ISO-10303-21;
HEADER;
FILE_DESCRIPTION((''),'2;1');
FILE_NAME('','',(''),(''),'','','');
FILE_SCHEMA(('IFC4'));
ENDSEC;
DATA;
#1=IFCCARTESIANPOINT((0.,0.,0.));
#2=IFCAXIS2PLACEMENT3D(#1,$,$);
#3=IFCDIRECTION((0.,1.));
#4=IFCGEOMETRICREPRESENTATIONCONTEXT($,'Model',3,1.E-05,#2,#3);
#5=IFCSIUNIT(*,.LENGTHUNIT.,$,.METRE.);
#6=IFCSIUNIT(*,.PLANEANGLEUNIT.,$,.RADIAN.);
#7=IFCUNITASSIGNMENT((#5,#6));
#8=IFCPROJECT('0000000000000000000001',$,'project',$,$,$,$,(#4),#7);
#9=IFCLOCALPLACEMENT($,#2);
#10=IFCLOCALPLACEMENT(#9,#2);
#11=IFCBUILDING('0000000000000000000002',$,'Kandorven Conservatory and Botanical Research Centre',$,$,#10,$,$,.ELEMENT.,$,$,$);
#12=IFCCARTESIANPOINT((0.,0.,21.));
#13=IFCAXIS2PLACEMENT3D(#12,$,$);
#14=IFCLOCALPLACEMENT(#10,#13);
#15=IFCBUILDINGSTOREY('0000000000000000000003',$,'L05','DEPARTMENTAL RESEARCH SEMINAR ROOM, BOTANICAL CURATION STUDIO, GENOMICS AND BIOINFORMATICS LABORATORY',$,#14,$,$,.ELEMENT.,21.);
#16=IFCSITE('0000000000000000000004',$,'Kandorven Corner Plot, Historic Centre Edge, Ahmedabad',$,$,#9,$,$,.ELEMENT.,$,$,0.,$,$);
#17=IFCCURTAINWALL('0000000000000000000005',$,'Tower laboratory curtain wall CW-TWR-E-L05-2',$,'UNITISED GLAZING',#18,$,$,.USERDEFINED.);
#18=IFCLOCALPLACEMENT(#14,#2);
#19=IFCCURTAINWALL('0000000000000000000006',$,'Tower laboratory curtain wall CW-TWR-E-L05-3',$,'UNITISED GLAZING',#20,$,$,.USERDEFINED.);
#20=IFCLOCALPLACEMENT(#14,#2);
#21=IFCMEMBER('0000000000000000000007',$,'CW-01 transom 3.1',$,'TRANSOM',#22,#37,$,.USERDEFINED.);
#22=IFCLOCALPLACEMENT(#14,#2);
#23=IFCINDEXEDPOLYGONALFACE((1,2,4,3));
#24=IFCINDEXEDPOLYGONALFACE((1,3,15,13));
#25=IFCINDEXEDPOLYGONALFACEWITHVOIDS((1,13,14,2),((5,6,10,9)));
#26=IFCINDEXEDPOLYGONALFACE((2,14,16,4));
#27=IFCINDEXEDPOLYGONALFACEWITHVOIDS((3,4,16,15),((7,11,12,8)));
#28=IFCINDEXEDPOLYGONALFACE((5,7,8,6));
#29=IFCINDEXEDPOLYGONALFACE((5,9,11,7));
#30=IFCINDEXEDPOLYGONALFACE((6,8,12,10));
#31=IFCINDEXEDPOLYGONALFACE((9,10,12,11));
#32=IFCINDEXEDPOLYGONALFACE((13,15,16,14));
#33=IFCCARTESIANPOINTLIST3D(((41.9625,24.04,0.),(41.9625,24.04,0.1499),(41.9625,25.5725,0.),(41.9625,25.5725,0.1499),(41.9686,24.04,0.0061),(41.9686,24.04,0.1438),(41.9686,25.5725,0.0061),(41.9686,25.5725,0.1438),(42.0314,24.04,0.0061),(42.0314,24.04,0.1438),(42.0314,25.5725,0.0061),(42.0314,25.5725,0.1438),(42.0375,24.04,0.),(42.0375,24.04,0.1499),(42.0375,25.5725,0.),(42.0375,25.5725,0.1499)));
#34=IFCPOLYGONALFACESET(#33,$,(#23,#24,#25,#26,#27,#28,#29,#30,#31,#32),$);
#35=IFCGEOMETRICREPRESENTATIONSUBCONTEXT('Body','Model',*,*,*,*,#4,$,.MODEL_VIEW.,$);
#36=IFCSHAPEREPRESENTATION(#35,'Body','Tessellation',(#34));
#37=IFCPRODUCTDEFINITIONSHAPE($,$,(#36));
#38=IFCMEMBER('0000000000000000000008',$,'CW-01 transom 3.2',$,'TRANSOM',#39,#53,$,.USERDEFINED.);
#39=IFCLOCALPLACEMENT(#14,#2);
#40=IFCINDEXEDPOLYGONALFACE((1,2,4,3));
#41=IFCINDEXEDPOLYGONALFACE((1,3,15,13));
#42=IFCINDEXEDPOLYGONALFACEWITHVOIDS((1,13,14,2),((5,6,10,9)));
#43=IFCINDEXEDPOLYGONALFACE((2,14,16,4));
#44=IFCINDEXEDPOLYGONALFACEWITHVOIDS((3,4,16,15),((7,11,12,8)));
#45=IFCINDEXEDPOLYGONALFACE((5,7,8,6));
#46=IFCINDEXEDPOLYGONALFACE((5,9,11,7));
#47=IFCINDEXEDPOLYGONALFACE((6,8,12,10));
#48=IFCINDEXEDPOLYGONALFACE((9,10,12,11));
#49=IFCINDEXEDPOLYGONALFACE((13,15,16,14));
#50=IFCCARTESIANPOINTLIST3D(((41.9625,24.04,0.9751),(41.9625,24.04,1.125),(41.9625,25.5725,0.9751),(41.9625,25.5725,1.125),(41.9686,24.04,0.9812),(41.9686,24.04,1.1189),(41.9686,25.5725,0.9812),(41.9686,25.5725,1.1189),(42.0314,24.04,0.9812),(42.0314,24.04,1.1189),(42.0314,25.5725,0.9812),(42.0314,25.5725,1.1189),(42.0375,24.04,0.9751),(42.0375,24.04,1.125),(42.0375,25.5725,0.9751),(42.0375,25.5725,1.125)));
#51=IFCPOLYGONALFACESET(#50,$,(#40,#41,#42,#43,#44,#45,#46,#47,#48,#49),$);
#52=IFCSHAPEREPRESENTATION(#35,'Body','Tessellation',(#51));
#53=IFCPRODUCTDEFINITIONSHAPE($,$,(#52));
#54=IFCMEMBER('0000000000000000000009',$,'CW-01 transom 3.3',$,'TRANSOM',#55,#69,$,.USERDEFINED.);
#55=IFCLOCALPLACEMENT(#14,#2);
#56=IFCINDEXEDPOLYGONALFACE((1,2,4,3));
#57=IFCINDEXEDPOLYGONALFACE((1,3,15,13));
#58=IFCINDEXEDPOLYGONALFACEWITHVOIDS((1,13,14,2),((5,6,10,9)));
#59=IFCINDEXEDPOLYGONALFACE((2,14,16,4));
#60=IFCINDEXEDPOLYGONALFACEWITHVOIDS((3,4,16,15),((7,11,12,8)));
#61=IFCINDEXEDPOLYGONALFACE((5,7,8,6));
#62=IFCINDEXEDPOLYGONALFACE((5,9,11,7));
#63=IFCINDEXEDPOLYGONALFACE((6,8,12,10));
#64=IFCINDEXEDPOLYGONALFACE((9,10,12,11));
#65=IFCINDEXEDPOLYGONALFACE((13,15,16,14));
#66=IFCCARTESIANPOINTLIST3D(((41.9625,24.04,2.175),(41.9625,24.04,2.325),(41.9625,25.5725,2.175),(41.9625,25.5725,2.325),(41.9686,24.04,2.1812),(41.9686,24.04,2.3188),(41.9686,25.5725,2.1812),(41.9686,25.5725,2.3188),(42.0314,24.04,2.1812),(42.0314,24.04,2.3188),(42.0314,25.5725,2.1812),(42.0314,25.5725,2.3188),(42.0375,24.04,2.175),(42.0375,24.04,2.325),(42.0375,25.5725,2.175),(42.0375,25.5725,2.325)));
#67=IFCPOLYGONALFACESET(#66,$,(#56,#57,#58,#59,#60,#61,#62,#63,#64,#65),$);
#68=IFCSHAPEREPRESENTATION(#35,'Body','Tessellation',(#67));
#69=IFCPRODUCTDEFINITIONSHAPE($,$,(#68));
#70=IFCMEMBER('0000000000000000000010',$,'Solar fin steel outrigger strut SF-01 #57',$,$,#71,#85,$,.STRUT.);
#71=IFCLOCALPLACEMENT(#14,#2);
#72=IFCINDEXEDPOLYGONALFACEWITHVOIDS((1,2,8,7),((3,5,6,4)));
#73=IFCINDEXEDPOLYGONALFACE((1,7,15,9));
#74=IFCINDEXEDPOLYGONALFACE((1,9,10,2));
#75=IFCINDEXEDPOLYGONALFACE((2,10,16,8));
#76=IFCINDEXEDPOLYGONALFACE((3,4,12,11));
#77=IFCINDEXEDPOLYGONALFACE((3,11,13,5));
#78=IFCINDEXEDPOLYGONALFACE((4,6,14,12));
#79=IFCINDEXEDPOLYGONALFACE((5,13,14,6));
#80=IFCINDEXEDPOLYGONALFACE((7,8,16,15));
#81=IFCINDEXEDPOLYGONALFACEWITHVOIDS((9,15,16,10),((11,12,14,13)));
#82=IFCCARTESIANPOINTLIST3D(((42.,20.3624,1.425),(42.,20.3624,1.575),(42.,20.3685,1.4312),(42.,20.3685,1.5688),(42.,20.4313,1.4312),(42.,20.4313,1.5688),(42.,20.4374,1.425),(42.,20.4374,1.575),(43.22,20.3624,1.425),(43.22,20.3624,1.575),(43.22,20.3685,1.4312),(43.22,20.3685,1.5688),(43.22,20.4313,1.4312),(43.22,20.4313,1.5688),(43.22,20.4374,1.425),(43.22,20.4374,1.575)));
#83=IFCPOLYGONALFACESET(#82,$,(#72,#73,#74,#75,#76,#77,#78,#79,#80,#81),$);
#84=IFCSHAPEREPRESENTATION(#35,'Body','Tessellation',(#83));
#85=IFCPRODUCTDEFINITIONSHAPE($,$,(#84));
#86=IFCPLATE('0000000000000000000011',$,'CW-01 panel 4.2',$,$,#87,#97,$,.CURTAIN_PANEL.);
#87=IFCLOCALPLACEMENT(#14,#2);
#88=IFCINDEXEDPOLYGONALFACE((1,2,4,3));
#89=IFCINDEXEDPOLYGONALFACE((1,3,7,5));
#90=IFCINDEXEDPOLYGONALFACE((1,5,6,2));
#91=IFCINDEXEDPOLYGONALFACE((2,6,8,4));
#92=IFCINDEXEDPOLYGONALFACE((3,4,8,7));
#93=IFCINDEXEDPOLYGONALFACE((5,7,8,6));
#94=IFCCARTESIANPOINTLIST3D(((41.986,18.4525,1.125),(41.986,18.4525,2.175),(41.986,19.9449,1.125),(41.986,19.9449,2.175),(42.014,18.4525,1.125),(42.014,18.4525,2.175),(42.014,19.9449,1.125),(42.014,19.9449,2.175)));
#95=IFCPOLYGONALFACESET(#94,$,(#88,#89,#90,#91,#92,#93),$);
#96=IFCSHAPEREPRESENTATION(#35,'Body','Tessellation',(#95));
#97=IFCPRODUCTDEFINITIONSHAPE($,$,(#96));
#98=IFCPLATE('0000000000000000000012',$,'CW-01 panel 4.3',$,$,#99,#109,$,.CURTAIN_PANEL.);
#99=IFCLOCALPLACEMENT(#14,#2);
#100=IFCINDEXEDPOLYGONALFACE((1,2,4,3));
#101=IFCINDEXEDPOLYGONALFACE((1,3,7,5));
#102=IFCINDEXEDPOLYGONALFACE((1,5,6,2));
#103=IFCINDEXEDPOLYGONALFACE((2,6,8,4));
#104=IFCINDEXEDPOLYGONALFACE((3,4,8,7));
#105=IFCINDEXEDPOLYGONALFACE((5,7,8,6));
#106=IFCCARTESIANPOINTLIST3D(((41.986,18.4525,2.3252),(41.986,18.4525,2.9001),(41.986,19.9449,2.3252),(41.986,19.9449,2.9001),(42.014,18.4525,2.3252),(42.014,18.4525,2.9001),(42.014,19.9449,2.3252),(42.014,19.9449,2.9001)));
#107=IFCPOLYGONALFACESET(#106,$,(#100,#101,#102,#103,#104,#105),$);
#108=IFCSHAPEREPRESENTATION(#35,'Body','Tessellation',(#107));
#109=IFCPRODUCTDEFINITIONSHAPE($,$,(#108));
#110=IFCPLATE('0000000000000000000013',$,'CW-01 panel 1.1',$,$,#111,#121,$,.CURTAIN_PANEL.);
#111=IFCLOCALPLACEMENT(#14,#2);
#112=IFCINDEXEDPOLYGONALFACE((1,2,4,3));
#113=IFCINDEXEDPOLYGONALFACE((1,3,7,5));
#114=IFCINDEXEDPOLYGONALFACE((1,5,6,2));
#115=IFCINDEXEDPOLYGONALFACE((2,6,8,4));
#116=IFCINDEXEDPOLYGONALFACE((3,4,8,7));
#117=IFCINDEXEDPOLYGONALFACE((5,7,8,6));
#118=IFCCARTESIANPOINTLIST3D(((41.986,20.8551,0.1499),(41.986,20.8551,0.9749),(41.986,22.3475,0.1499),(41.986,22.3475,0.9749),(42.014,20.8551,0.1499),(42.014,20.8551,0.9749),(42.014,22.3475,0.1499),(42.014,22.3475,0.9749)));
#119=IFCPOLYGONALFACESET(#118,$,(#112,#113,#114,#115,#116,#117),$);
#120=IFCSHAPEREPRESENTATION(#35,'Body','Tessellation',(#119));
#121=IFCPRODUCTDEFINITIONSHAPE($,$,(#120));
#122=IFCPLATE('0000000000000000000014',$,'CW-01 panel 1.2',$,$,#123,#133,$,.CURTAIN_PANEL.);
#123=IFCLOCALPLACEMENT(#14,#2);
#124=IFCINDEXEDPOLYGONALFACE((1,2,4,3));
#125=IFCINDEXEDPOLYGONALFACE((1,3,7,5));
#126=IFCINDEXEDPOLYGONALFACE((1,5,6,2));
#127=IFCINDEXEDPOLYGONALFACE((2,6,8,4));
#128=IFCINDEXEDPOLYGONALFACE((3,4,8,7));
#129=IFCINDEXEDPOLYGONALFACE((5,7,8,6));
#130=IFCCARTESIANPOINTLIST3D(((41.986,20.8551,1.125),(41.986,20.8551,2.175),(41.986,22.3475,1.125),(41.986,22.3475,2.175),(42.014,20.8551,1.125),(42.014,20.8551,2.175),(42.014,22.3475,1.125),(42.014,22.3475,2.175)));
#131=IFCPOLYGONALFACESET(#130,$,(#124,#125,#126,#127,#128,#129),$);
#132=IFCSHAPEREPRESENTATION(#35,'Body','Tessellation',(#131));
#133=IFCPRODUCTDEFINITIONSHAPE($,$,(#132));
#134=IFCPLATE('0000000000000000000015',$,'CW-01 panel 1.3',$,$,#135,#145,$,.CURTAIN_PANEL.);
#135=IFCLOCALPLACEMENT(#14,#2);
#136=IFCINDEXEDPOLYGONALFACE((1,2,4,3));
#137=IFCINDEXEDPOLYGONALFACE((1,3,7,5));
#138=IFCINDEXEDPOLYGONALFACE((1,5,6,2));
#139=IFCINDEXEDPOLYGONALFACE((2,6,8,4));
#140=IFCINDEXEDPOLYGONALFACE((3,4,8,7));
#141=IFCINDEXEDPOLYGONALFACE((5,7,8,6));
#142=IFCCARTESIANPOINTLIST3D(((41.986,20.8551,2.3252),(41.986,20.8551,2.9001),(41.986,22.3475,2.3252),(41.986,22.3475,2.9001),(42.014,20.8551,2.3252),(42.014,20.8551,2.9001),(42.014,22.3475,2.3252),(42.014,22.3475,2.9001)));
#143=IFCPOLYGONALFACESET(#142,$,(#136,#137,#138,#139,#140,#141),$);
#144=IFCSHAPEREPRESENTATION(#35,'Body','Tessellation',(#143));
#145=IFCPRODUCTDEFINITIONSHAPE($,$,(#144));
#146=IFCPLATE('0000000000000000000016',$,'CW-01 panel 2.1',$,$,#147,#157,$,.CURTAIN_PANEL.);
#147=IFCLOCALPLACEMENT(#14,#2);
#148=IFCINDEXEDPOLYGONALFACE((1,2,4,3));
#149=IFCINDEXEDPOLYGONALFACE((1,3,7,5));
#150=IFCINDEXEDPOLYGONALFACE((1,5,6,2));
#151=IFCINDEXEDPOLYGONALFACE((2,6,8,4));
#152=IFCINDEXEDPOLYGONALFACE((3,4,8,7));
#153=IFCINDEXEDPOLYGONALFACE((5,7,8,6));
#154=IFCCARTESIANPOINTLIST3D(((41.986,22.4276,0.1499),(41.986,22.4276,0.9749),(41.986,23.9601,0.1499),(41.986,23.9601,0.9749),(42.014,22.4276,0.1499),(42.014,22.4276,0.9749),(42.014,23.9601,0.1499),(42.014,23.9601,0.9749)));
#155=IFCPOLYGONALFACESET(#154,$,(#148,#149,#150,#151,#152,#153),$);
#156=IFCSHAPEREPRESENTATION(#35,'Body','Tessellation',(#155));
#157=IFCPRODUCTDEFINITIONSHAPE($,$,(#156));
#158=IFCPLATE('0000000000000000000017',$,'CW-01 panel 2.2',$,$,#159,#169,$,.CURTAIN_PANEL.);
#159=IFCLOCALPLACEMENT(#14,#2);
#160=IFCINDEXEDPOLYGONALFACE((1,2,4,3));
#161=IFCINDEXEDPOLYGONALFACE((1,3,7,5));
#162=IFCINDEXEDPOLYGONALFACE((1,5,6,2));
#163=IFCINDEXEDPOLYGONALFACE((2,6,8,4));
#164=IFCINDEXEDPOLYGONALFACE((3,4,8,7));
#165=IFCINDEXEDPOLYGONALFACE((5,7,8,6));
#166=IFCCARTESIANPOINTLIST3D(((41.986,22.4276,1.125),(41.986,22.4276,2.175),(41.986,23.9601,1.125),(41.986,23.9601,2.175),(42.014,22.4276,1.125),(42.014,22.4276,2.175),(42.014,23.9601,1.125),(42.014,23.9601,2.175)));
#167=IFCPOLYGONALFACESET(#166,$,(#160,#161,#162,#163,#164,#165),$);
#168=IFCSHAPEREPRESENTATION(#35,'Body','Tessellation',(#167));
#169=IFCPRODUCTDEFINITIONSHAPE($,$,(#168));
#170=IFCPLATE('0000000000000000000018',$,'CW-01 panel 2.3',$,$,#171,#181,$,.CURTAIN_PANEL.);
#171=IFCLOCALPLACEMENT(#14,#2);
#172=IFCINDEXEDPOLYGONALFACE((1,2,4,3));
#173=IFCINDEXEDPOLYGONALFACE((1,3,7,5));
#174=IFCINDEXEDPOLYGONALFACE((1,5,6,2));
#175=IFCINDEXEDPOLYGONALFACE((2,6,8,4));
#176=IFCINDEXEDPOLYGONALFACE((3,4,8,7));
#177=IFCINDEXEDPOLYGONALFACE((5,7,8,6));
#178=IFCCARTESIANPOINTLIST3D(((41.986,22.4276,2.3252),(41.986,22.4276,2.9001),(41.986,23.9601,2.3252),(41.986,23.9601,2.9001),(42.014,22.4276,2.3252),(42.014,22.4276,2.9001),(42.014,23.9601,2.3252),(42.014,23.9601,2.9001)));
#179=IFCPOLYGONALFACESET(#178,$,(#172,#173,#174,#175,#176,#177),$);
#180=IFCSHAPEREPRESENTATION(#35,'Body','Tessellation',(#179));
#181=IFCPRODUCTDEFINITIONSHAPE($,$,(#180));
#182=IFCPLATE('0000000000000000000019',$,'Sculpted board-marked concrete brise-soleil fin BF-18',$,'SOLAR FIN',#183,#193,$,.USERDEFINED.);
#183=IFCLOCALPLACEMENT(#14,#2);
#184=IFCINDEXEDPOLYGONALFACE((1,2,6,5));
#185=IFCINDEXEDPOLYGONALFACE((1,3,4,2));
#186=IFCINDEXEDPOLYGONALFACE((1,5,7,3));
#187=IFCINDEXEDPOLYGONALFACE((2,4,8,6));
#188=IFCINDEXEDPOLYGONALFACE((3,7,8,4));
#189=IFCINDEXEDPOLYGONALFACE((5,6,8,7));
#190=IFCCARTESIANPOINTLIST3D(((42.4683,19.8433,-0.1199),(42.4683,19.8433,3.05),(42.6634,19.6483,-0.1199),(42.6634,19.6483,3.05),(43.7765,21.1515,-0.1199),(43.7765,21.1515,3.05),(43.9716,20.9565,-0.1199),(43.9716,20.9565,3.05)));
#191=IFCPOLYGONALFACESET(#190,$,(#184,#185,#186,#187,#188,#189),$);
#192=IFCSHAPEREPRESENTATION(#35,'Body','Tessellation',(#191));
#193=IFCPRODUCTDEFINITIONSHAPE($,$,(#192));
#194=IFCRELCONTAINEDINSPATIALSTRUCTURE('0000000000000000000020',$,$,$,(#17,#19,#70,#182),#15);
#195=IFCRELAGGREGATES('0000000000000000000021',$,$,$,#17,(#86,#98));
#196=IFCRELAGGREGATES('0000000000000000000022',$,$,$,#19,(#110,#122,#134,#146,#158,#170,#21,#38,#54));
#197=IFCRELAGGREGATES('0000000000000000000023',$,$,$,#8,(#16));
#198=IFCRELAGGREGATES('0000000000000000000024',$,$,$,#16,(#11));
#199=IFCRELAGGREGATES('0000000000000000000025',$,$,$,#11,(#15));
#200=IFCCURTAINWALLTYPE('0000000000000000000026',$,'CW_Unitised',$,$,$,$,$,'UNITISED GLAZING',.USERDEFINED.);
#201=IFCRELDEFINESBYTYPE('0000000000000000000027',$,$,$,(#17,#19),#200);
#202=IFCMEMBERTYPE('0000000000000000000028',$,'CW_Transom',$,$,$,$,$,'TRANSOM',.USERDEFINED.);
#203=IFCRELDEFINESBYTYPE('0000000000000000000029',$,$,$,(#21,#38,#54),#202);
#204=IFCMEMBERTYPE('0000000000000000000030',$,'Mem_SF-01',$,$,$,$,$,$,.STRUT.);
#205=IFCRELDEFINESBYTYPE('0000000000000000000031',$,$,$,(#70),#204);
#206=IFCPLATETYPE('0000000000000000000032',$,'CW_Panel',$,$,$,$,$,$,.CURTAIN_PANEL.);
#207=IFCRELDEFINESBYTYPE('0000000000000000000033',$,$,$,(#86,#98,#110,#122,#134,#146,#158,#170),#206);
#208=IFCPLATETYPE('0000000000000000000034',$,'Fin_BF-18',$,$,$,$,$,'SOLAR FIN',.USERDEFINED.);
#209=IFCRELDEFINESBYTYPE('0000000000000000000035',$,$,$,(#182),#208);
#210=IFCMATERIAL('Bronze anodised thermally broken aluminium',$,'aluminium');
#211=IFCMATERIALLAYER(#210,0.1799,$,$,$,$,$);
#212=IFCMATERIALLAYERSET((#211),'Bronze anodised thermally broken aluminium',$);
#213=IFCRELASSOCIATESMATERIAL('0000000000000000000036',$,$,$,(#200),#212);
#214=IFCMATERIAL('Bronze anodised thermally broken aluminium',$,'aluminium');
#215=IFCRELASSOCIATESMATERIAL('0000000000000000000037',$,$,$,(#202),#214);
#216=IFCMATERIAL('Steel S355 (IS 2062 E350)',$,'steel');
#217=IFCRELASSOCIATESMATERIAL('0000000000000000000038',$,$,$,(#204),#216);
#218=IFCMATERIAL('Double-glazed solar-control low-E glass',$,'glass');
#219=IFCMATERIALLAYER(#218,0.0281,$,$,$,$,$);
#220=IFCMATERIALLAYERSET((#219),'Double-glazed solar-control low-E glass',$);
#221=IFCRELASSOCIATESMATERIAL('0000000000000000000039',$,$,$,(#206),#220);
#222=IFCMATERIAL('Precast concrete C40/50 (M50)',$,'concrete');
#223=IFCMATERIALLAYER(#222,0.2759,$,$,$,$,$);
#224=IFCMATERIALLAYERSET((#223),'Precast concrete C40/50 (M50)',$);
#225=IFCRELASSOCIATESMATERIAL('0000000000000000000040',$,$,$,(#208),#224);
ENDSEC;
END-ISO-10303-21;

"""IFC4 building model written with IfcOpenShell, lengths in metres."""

from ifc_helpers import new_model, si_unit, direction, frame, origin, origin_2d, place, context, subcontext, project, spatial, rectangle, hollow_rectangle, extrude, material, layer, layer_set, material_profile, profile_set, type_object, element, aggregate, save


model = new_model("IFC4")

# Units and contexts
model_context = context("Model", 3, precision=1e-05, world=origin(), true_north=direction((0.0, 1.0)))
body_context = subcontext(model_context, "Body", "Model", "MODEL_VIEW")
ifc_project = project(units=[si_unit("LENGTHUNIT", "METRE"), si_unit("PLANEANGLEUNIT", "RADIAN")], contexts=[model_context])

# Site, building, storey
site_placement = place(None, origin())
site = spatial("IfcSite", under=ifc_project, at=site_placement, Name="Kandorven Corner Plot, Historic Centre Edge, Ahmedabad", CompositionType="ELEMENT", RefElevation=0.0)
building_placement = place(site_placement, origin())
building = spatial("IfcBuilding", under=site, at=building_placement, Name="Kandorven Conservatory and Botanical Research Centre", CompositionType="ELEMENT")
storey_placement = place(building_placement, frame((0.0, 0.0, 21.0)))
storey = spatial("IfcBuildingStorey", under=building, at=storey_placement, Name="L05", Description="DEPARTMENTAL RESEARCH SEMINAR ROOM, BOTANICAL CURATION STUDIO, GENOMICS AND BIOINFORMATICS LABORATORY", CompositionType="ELEMENT", Elevation=21.0)

# Curtain wall
ifc_material_1 = material(Name="Bronze anodised thermally broken aluminium", Category="aluminium")
ifc_layer_1 = layer(ifc_material_1, 0.1799)
ifc_layer_set_1 = layer_set([ifc_layer_1], Name="Bronze anodised thermally broken aluminium")
curtain_wall_type = type_object("IfcCurtainWallType", Name="CW_Unitised", ElementType="UNITISED GLAZING", PredefinedType="USERDEFINED", material=ifc_layer_set_1)
curtain_wall_1_placement = place(storey_placement, origin())
curtain_wall_1 = element("IfcCurtainWall", 1, at=curtain_wall_1_placement, inside=storey, type_object=curtain_wall_type, Name="Tower laboratory curtain wall CW-TWR-E-L05-2", ObjectType="UNITISED GLAZING", PredefinedType="USERDEFINED")

# Curtain wall, members
curtain_wall_2_placement = place(storey_placement, origin())
curtain_wall_2 = element("IfcCurtainWall", 2, at=curtain_wall_2_placement, inside=storey, type_object=curtain_wall_type, Name="Tower laboratory curtain wall CW-TWR-E-L05-3", ObjectType="UNITISED GLAZING", PredefinedType="USERDEFINED")
ifc_material_2 = material(Name="Bronze anodised thermally broken aluminium", Category="aluminium")
ifc_material_profile_1 = material_profile(ifc_material_2, hollow_rectangle(XDim=0.075, YDim=0.1499, WallThickness=0.0061, at=origin_2d()))
ifc_profile_set_1 = profile_set([ifc_material_profile_1], Name="Bronze anodised thermally broken aluminium")
member_type_1 = type_object("IfcMemberType", Name="CW_Transom", ElementType="TRANSOM", PredefinedType="USERDEFINED", material=ifc_profile_set_1)
member_1_placement = place(storey_placement, frame((42.0, 24.04, 0.075), z_axis=(0.0, 1.0, 0.0), x_axis=(-1.0, 0.0, 0.0)))
member_1 = element("IfcMember", 3, at=member_1_placement, type_object=member_type_1, Name="CW-01 transom 3.1", ObjectType="TRANSOM", PredefinedType="USERDEFINED", context=body_context, shape_type="SweptSolid", body=[
    extrude(hollow_rectangle(XDim=0.075, YDim=0.1499, WallThickness=0.0061, at=origin_2d()), origin(), (0.0, 0.0, 1.0), 1.5325),
])
member_2_placement = place(storey_placement, frame((42.0, 24.04, 1.05), z_axis=(0.0, 1.0, 0.0), x_axis=(-1.0, 0.0, 0.0)))
member_2 = element("IfcMember", 4, at=member_2_placement, type_object=member_type_1, Name="CW-01 transom 3.2", ObjectType="TRANSOM", PredefinedType="USERDEFINED", context=body_context, shape_type="SweptSolid", body=[
    extrude(hollow_rectangle(XDim=0.075, YDim=0.1499, WallThickness=0.0061, at=origin_2d()), origin(), (0.0, 0.0, 1.0), 1.5325),
])
member_3_placement = place(storey_placement, frame((42.0, 24.04, 2.25), z_axis=(0.0, 1.0, 0.0), x_axis=(-1.0, 0.0, 0.0)))
member_3 = element("IfcMember", 5, at=member_3_placement, type_object=member_type_1, Name="CW-01 transom 3.3", ObjectType="TRANSOM", PredefinedType="USERDEFINED", context=body_context, shape_type="SweptSolid", body=[
    extrude(hollow_rectangle(XDim=0.075, YDim=0.1499, WallThickness=0.0061, at=origin_2d()), origin(), (0.0, 0.0, 1.0), 1.5325),
])

# Member
ifc_material_3 = material(Name="Steel S355 (IS 2062 E350)", Category="steel")
ifc_material_profile_2 = material_profile(ifc_material_3, hollow_rectangle(XDim=0.075, YDim=0.1499, WallThickness=0.0061, at=origin_2d()))
ifc_profile_set_2 = profile_set([ifc_material_profile_2], Name="Steel S355 (IS 2062 E350)")
member_type_2 = type_object("IfcMemberType", Name="Mem_SF-01", PredefinedType="STRUT", material=ifc_profile_set_2)
member_4_placement = place(storey_placement, frame((42.0, 20.3999, 1.5), z_axis=(1.0, 0.0, 0.0), x_axis=(0.0, 1.0, 0.0)))
element("IfcMember", 6, at=member_4_placement, inside=storey, type_object=member_type_2, Name="Solar fin steel outrigger strut SF-01 #57", PredefinedType="STRUT", context=body_context, shape_type="SweptSolid", body=[
    extrude(hollow_rectangle(XDim=0.075, YDim=0.1499, WallThickness=0.0061, at=origin_2d()), origin(), (0.0, 0.0, 1.0), 1.22),
])

# Plates
ifc_material_4 = material(Name="Double-glazed solar-control low-E glass", Category="glass")
ifc_layer_2 = layer(ifc_material_4, 0.0281)
ifc_layer_set_2 = layer_set([ifc_layer_2], Name="Double-glazed solar-control low-E glass")
plate_type_1 = type_object("IfcPlateType", Name="CW_Panel", PredefinedType="CURTAIN_PANEL", material=ifc_layer_set_2)
plate_1_placement = place(storey_placement, frame((42.0, 19.1987, 1.125), z_axis=(0.0, 0.0, 1.0), x_axis=(0.0, 1.0, 0.0)))
plate_1 = element("IfcPlate", 7, at=plate_1_placement, type_object=plate_type_1, Name="CW-01 panel 4.2", PredefinedType="CURTAIN_PANEL", context=body_context, shape_type="SweptSolid", body=[
    extrude(rectangle(XDim=1.4924, YDim=0.0281, at=origin_2d()), origin(), (0.0, 0.0, 1.0), 1.05),
])
plate_2_placement = place(storey_placement, frame((42.0, 19.1987, 2.3252), z_axis=(0.0, 0.0, 1.0), x_axis=(0.0, 1.0, 0.0)))
plate_2 = element("IfcPlate", 8, at=plate_2_placement, type_object=plate_type_1, Name="CW-01 panel 4.3", PredefinedType="CURTAIN_PANEL", context=body_context, shape_type="SweptSolid", body=[
    extrude(rectangle(XDim=1.4924, YDim=0.0281, at=origin_2d()), origin(), (0.0, 0.0, 1.0), 0.575),
])
aggregate(curtain_wall_1, [plate_1, plate_2])
plate_3_placement = place(storey_placement, frame((42.0, 21.6013, 0.1499), z_axis=(0.0, 0.0, 1.0), x_axis=(0.0, 1.0, 0.0)))
plate_3 = element("IfcPlate", 9, at=plate_3_placement, type_object=plate_type_1, Name="CW-01 panel 1.1", PredefinedType="CURTAIN_PANEL", context=body_context, shape_type="SweptSolid", body=[
    extrude(rectangle(XDim=1.4924, YDim=0.0281, at=origin_2d()), origin(), (0.0, 0.0, 1.0), 0.825),
])
plate_4_placement = place(storey_placement, frame((42.0, 21.6013, 1.125), z_axis=(0.0, 0.0, 1.0), x_axis=(0.0, 1.0, 0.0)))
plate_4 = element("IfcPlate", 10, at=plate_4_placement, type_object=plate_type_1, Name="CW-01 panel 1.2", PredefinedType="CURTAIN_PANEL", context=body_context, shape_type="SweptSolid", body=[
    extrude(rectangle(XDim=1.4924, YDim=0.0281, at=origin_2d()), origin(), (0.0, 0.0, 1.0), 1.05),
])
plate_5_placement = place(storey_placement, frame((42.0, 21.6013, 2.3252), z_axis=(0.0, 0.0, 1.0), x_axis=(0.0, 1.0, 0.0)))
plate_5 = element("IfcPlate", 11, at=plate_5_placement, type_object=plate_type_1, Name="CW-01 panel 1.3", PredefinedType="CURTAIN_PANEL", context=body_context, shape_type="SweptSolid", body=[
    extrude(rectangle(XDim=1.4924, YDim=0.0281, at=origin_2d()), origin(), (0.0, 0.0, 1.0), 0.575),
])
plate_6_placement = place(storey_placement, frame((42.0, 23.1938, 0.1499), z_axis=(0.0, 0.0, 1.0), x_axis=(0.0, 1.0, 0.0)))
plate_6 = element("IfcPlate", 12, at=plate_6_placement, type_object=plate_type_1, Name="CW-01 panel 2.1", PredefinedType="CURTAIN_PANEL", context=body_context, shape_type="SweptSolid", body=[
    extrude(rectangle(XDim=1.5325, YDim=0.0281, at=origin_2d()), origin(), (0.0, 0.0, 1.0), 0.825),
])
plate_7_placement = place(storey_placement, frame((42.0, 23.1938, 1.125), z_axis=(0.0, 0.0, 1.0), x_axis=(0.0, 1.0, 0.0)))
plate_7 = element("IfcPlate", 13, at=plate_7_placement, type_object=plate_type_1, Name="CW-01 panel 2.2", PredefinedType="CURTAIN_PANEL", context=body_context, shape_type="SweptSolid", body=[
    extrude(rectangle(XDim=1.5325, YDim=0.0281, at=origin_2d()), origin(), (0.0, 0.0, 1.0), 1.05),
])
plate_8_placement = place(storey_placement, frame((42.0, 23.1938, 2.3252), z_axis=(0.0, 0.0, 1.0), x_axis=(0.0, 1.0, 0.0)))
plate_8 = element("IfcPlate", 14, at=plate_8_placement, type_object=plate_type_1, Name="CW-01 panel 2.3", PredefinedType="CURTAIN_PANEL", context=body_context, shape_type="SweptSolid", body=[
    extrude(rectangle(XDim=1.5325, YDim=0.0281, at=origin_2d()), origin(), (0.0, 0.0, 1.0), 0.575),
])
aggregate(curtain_wall_2, [plate_3, plate_4, plate_5, plate_6, plate_7, plate_8, member_1, member_2, member_3])

# Plate
ifc_material_5 = material(Name="Precast concrete C40/50 (M50)", Category="concrete")
ifc_layer_3 = layer(ifc_material_5, 0.2759)
ifc_layer_set_3 = layer_set([ifc_layer_3], Name="Precast concrete C40/50 (M50)")
plate_type_2 = type_object("IfcPlateType", Name="Fin_BF-18", ElementType="SOLAR FIN", PredefinedType="USERDEFINED", material=ifc_layer_set_3)
plate_9_placement = place(storey_placement, frame((43.22, 20.3999, -0.1199), z_axis=(0.0, 0.0, 1.0), x_axis=(0.707107, 0.707107, 0.0)))
element("IfcPlate", 15, at=plate_9_placement, inside=storey, type_object=plate_type_2, Name="Sculpted board-marked concrete brise-soleil fin BF-18", ObjectType="SOLAR FIN", PredefinedType="USERDEFINED", context=body_context, shape_type="SweptSolid", body=[
    extrude(rectangle(XDim=1.8501, YDim=0.2759, at=origin_2d()), origin(), (0.0, 0.0, 1.0), 3.1699),
])

save(model, "model.ifc")
